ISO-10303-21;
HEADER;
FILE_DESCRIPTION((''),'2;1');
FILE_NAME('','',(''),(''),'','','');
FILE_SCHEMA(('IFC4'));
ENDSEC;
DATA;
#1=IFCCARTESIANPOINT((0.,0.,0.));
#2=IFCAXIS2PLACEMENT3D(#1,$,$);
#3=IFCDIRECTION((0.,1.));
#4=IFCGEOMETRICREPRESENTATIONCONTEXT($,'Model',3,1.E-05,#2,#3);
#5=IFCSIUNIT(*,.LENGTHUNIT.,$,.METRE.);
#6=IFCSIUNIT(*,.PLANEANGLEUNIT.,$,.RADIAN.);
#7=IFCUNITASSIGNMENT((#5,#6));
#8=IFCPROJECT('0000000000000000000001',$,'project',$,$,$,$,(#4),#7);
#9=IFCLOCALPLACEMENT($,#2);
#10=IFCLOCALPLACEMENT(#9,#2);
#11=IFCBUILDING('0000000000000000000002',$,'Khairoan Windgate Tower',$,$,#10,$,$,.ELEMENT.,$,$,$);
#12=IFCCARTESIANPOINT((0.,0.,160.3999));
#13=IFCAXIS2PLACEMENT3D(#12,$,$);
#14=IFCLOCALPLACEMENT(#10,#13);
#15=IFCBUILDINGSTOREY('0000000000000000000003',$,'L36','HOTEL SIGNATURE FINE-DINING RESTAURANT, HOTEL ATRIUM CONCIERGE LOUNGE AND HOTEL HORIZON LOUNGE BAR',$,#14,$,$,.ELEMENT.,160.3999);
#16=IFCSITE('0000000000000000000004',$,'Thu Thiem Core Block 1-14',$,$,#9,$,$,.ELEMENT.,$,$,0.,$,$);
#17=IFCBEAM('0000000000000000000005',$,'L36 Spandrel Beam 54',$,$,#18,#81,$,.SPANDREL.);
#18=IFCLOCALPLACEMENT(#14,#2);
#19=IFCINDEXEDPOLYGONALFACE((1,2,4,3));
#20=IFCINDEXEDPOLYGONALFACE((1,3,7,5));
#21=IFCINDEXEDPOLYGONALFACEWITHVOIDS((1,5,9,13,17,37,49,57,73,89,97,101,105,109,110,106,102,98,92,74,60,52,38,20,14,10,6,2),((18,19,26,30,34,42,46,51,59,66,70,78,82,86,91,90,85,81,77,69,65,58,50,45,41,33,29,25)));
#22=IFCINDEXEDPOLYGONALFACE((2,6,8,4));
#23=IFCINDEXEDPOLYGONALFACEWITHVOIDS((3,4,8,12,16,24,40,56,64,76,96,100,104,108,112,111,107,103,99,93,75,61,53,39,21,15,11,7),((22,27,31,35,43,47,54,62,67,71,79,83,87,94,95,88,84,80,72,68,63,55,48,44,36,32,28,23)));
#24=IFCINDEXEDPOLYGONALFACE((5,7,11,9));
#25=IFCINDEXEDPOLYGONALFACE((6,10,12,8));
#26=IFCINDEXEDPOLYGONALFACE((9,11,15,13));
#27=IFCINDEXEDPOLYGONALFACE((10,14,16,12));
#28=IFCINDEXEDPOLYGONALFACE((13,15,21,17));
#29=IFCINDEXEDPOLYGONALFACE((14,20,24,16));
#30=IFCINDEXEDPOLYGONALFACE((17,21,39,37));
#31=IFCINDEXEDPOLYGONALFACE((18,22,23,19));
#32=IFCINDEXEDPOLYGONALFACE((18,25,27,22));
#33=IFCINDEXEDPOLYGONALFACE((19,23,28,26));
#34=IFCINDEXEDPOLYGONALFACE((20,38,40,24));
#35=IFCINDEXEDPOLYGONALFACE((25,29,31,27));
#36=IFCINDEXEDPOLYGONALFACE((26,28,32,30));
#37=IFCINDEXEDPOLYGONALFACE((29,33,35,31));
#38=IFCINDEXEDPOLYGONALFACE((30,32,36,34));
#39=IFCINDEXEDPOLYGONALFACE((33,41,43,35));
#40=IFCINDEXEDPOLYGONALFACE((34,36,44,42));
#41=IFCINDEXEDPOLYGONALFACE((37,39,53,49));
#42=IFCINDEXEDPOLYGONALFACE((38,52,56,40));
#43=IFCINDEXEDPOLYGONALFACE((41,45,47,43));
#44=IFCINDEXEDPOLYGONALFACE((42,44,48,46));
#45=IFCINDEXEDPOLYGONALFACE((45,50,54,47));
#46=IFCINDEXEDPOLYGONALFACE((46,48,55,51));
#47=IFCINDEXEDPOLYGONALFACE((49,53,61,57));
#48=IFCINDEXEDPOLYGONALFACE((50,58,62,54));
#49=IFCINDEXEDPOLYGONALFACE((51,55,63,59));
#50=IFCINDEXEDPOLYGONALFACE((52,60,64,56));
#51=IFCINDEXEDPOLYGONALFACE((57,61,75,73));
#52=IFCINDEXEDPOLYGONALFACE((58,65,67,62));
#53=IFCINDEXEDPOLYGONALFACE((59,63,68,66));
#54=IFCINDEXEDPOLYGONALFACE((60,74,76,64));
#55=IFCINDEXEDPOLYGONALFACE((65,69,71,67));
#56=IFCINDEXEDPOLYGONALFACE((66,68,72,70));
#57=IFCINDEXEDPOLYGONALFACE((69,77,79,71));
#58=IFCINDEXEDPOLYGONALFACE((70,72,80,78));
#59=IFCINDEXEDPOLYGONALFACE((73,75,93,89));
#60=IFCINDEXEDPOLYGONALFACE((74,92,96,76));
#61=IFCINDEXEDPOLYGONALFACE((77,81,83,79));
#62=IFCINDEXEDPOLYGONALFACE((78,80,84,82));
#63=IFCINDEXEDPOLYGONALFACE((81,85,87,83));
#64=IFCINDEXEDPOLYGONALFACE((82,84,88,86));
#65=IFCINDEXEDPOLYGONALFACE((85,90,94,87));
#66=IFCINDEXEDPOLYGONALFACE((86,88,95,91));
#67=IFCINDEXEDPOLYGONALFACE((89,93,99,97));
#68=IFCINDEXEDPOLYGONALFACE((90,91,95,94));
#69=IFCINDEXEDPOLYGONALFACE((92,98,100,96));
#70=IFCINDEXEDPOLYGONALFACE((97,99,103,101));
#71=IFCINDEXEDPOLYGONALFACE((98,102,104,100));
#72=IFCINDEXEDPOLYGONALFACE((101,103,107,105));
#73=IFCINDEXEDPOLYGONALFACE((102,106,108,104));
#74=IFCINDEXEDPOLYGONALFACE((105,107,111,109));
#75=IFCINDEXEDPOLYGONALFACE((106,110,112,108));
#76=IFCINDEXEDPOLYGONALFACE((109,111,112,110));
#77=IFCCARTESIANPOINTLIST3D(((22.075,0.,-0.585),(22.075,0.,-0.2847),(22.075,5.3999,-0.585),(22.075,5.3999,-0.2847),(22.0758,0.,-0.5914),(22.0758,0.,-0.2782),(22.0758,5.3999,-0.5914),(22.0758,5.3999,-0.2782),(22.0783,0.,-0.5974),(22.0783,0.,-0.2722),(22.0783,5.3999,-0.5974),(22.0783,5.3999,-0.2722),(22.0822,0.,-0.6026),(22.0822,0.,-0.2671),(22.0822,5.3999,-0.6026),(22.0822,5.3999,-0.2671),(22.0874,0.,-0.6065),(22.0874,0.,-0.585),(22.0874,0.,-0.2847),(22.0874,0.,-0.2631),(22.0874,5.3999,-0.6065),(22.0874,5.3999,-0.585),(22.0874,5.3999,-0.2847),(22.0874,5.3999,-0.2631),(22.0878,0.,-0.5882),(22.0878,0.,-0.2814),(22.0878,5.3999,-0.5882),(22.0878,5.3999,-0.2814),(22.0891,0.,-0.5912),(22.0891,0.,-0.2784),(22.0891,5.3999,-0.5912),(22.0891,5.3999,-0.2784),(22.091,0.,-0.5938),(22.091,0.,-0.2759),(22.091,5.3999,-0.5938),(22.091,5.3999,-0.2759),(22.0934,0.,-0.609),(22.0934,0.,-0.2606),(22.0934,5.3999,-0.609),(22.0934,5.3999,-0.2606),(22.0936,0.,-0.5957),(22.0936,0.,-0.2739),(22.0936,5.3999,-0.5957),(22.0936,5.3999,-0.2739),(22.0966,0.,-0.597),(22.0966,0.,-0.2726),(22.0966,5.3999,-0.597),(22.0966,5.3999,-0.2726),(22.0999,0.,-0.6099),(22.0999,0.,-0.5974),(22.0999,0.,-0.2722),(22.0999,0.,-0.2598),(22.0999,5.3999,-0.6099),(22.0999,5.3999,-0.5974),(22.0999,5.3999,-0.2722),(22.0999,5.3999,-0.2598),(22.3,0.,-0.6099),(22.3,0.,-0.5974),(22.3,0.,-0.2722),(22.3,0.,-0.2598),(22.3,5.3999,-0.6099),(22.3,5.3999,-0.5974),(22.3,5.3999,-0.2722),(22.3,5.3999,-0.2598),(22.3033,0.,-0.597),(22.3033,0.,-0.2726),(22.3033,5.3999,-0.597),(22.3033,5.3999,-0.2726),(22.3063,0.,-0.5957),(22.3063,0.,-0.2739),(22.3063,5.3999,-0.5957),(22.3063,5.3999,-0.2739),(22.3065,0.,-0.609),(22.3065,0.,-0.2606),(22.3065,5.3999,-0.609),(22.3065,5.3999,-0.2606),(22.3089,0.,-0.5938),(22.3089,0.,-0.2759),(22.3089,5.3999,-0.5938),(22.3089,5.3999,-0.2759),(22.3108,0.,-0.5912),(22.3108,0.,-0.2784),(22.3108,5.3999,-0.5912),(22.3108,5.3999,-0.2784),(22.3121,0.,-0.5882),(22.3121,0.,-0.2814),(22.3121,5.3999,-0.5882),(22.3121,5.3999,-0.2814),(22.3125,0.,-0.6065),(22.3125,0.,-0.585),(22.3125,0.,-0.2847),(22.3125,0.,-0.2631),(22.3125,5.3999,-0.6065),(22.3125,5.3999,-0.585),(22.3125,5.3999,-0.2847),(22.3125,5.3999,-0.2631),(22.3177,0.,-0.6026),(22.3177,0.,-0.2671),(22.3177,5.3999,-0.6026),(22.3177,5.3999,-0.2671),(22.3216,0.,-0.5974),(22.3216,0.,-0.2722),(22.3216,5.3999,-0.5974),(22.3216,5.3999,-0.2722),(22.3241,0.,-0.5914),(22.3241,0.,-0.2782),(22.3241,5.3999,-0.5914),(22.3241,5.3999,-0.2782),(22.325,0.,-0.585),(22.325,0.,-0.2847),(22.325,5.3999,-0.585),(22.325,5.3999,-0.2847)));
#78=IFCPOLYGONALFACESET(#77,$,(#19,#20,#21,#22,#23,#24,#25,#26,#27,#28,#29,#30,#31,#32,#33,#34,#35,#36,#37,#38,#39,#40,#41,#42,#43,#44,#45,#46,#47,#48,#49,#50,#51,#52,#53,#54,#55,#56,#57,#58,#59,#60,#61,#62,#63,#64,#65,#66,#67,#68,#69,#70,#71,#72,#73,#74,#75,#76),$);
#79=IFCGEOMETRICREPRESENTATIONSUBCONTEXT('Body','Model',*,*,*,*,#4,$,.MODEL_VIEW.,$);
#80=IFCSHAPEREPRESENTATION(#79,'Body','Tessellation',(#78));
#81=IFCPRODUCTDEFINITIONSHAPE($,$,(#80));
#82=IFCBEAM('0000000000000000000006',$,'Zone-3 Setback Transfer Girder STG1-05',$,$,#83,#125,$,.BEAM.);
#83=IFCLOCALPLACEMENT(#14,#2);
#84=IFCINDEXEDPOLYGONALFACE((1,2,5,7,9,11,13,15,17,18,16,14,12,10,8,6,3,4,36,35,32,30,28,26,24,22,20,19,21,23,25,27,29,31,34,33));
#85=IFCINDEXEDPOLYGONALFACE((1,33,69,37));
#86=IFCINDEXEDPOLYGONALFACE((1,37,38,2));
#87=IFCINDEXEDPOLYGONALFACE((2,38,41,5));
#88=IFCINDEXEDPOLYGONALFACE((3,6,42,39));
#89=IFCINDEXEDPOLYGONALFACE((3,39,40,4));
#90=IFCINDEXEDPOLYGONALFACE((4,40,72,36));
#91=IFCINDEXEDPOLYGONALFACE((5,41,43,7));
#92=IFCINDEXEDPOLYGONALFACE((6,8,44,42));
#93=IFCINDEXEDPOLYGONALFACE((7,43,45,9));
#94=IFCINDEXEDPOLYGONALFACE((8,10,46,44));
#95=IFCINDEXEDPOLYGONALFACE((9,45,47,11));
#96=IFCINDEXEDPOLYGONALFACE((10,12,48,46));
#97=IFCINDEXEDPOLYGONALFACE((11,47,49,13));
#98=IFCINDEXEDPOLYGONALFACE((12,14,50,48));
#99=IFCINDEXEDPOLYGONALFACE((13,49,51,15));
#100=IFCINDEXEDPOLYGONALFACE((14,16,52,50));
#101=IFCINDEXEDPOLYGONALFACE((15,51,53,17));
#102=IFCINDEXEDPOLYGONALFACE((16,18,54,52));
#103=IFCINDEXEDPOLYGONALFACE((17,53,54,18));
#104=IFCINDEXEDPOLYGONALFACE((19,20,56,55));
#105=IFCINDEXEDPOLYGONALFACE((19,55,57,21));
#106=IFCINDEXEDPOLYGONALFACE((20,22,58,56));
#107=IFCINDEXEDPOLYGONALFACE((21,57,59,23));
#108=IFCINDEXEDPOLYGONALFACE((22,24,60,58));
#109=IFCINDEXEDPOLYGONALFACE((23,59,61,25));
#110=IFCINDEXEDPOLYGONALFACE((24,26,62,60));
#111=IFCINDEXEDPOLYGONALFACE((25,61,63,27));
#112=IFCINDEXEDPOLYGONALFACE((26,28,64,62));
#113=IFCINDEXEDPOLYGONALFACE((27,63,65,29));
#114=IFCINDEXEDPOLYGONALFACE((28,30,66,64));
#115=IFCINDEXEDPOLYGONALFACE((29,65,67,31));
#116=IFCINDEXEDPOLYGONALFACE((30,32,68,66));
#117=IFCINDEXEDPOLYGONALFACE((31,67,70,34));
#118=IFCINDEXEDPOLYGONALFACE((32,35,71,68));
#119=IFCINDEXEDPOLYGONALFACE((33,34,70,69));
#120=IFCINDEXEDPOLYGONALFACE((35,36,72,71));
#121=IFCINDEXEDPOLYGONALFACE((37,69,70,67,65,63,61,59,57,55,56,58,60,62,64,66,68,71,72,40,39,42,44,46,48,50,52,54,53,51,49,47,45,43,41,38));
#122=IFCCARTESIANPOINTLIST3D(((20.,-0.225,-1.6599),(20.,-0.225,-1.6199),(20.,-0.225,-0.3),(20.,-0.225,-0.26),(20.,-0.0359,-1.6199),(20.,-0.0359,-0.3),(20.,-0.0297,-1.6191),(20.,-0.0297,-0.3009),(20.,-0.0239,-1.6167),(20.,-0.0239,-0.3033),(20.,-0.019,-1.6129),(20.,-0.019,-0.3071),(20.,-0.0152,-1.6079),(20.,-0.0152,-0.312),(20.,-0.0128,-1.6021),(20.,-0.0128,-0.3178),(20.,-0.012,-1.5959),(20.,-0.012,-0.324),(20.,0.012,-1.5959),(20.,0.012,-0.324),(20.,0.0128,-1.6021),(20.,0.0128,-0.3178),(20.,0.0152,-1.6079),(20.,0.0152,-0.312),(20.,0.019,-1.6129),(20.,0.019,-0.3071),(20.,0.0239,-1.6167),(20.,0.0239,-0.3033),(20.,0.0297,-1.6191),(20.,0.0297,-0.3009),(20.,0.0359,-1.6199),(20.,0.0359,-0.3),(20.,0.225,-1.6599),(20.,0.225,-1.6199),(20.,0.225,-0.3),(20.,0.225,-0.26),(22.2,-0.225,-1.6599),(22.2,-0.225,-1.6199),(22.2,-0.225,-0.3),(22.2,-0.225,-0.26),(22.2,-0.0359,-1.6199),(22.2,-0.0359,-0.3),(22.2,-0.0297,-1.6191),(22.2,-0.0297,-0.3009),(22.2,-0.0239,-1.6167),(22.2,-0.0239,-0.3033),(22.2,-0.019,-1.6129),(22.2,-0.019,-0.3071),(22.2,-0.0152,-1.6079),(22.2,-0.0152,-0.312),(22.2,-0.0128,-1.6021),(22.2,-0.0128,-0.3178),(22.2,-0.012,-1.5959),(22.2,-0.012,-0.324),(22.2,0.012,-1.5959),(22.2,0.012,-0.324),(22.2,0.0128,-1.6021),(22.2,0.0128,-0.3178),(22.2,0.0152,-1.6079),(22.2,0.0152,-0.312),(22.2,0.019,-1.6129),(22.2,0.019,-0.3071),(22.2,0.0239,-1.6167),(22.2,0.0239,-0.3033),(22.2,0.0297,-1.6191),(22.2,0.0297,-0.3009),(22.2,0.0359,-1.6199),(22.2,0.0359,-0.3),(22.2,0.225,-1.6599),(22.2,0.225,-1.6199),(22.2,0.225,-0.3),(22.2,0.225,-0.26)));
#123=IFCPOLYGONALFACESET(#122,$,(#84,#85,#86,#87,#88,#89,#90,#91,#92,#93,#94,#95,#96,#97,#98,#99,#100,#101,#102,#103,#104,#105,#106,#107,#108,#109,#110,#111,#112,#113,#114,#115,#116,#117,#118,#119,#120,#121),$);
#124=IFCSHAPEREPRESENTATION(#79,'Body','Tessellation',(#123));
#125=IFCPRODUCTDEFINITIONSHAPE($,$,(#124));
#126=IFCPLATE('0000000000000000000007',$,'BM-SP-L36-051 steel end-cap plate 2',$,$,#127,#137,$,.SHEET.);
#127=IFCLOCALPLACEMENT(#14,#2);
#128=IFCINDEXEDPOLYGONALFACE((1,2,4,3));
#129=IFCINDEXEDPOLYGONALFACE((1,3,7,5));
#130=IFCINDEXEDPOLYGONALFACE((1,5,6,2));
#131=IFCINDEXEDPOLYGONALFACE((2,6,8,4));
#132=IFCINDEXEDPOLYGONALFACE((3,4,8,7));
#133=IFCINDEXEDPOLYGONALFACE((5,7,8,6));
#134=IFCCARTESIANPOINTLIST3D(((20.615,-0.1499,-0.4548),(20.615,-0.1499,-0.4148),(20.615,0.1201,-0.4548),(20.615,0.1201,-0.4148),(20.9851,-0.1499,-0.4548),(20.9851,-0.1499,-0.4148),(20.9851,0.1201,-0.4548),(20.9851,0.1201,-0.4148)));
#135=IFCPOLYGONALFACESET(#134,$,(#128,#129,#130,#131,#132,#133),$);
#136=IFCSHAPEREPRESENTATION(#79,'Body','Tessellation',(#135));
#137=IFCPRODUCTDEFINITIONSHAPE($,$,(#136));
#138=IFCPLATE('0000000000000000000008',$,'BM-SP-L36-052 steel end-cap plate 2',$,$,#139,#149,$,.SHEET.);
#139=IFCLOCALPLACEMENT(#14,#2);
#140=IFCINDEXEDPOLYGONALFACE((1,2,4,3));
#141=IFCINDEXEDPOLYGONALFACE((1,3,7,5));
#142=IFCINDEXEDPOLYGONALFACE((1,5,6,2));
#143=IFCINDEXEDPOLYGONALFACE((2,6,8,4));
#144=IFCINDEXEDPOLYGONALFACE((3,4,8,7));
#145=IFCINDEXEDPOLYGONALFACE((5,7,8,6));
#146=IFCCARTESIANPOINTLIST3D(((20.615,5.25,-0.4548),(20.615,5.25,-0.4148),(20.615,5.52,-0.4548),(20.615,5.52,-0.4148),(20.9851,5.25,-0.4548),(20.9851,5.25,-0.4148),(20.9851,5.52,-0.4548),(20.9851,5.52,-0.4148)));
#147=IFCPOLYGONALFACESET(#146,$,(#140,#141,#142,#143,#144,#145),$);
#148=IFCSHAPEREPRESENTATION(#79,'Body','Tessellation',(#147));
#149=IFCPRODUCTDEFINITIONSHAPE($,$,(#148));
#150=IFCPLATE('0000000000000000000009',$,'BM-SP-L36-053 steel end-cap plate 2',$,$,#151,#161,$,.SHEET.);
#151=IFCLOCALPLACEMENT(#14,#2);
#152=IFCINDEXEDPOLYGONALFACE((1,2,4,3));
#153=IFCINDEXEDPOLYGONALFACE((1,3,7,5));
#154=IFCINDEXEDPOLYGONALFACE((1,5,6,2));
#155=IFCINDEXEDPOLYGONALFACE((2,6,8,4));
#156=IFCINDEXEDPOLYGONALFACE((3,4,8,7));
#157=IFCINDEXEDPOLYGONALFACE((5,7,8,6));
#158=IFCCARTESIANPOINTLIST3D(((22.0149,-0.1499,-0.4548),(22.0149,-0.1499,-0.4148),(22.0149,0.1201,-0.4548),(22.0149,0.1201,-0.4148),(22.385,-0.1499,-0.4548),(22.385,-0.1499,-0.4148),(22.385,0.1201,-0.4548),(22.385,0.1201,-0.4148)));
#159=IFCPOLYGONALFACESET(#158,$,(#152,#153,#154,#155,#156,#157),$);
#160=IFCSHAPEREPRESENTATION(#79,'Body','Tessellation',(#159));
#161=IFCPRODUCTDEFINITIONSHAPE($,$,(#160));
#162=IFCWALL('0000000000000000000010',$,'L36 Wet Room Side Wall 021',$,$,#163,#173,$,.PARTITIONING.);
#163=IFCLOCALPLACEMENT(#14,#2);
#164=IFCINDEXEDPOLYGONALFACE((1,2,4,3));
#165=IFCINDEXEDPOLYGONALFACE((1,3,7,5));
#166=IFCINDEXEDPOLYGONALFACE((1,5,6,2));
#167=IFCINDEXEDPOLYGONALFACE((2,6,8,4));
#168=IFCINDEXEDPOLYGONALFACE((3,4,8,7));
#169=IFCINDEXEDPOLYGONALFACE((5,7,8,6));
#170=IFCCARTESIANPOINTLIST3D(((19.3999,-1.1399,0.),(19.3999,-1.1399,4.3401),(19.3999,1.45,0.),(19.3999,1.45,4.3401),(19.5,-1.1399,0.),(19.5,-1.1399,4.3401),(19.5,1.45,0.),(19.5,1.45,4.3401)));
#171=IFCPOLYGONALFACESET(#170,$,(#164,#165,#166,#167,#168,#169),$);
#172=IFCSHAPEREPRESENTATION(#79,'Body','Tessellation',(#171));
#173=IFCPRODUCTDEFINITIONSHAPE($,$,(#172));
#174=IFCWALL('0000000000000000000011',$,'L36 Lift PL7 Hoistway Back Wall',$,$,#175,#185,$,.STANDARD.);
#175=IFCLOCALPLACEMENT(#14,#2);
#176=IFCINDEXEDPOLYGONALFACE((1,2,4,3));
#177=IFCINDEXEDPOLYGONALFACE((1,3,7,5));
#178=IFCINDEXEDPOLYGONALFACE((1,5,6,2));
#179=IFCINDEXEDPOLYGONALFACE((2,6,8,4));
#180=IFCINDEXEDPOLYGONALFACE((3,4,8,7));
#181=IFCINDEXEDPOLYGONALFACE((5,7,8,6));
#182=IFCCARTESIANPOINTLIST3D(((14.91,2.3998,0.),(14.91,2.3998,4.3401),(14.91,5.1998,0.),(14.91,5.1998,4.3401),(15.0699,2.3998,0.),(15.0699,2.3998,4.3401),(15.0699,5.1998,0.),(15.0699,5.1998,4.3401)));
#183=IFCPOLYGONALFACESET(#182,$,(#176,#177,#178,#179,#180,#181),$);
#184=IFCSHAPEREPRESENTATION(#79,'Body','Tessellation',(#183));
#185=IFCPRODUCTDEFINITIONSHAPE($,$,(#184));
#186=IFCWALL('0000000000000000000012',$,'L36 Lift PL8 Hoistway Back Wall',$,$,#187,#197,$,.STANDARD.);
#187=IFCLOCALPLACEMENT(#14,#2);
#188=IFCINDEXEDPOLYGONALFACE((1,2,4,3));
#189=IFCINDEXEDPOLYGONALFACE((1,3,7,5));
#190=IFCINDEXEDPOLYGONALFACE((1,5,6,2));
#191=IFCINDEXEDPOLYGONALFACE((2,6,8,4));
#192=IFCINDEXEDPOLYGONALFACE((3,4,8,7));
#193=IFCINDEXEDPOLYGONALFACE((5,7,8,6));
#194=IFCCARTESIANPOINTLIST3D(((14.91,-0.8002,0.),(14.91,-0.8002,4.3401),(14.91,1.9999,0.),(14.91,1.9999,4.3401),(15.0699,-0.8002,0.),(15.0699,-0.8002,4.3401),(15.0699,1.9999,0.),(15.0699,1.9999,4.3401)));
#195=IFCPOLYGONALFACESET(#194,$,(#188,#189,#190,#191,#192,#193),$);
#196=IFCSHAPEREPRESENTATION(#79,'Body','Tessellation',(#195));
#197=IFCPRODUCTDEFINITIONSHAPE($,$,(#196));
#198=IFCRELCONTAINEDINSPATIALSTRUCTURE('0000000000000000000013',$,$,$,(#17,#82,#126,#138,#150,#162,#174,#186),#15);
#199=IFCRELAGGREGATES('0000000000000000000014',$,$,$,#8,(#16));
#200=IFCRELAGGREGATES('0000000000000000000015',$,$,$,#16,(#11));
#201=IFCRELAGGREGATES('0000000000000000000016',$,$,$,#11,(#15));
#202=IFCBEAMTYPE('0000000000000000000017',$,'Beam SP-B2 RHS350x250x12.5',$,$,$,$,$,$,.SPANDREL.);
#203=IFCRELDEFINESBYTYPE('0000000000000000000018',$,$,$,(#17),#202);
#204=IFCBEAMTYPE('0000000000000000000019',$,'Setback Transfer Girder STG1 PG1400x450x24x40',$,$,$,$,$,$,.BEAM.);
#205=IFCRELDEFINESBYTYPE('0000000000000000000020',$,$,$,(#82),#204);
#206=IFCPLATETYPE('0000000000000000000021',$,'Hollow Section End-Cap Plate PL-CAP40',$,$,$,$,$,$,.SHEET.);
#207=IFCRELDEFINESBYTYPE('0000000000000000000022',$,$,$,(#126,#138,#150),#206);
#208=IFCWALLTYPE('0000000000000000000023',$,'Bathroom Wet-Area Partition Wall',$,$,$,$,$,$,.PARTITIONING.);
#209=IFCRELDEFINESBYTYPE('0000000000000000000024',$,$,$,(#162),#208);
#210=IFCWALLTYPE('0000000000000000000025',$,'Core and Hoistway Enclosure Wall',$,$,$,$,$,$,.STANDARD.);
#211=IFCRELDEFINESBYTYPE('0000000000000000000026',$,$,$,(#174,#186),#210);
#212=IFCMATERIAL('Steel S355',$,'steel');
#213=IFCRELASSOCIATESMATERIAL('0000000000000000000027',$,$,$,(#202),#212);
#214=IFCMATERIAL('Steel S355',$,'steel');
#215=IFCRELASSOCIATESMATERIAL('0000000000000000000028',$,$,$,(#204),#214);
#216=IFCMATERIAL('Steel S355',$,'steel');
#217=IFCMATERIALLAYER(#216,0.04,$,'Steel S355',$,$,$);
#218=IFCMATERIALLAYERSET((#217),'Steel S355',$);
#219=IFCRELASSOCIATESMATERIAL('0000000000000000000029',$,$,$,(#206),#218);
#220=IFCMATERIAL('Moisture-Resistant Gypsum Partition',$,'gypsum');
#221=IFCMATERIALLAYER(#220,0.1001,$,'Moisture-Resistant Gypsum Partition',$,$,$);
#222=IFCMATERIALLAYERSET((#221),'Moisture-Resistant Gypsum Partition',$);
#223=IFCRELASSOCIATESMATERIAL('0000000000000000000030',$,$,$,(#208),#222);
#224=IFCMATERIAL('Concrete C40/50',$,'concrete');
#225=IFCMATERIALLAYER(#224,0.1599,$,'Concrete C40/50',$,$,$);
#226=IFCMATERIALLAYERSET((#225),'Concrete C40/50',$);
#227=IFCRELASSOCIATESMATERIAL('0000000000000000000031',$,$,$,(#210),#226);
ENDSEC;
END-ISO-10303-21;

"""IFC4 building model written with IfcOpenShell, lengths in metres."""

from ifc_helpers import new_model, si_unit, direction, frame, frame_2d, origin, origin_2d, place, context, subcontext, project, spatial, rectangle, hollow_rectangle, i_section, extrude, material, layer, layer_set, material_profile, profile_set, type_object, element, save


model = new_model("IFC4")

# Units and contexts
model_context = context("Model", 3, precision=1e-05, world=origin(), true_north=direction((0.0, 1.0)))
body_context = subcontext(model_context, "Body", "Model", "MODEL_VIEW")
ifc_project = project(units=[si_unit("LENGTHUNIT", "METRE"), si_unit("PLANEANGLEUNIT", "RADIAN")], contexts=[model_context])

# Site, building, storey
site_placement = place(None, origin())
site = spatial("IfcSite", under=ifc_project, at=site_placement, Name="Thu Thiem Core Block 1-14", CompositionType="ELEMENT", RefElevation=0.0)
building_placement = place(site_placement, origin())
building = spatial("IfcBuilding", under=site, at=building_placement, Name="Khairoan Windgate Tower", CompositionType="ELEMENT")
storey_placement = place(building_placement, frame((0.0, 0.0, 160.3999)))
storey = spatial("IfcBuildingStorey", under=building, at=storey_placement, Name="L36", Description="HOTEL SIGNATURE FINE-DINING RESTAURANT, HOTEL ATRIUM CONCIERGE LOUNGE AND HOTEL HORIZON LOUNGE BAR", CompositionType="ELEMENT", Elevation=160.3999)

# Beams
ifc_material_1 = material(Name="Steel S355", Category="steel")
ifc_material_profile_1 = material_profile(ifc_material_1, hollow_rectangle(XDim=0.25, YDim=0.3501, WallThickness=0.0125, InnerFilletRadius=0.0125, OuterFilletRadius=0.0249, at=origin_2d()))
ifc_profile_set_1 = profile_set([ifc_material_profile_1], Name="Steel S355")
beam_type_1 = type_object("IfcBeamType", Name="Beam SP-B2 RHS350x250x12.5", PredefinedType="SPANDREL", material=ifc_profile_set_1)
for number, where, z_axis, x_axis, name in (
    (1, (22.2, 0.0, -0.4348), (0.0, 1.0, 0.0), (-1.0, 0.0, 0.0), "L36 Spandrel Beam 54"),
):
    element("IfcBeam", number, at=place(storey_placement, frame(where, z_axis=z_axis, x_axis=x_axis)), inside=storey, type_object=beam_type_1, Name=name, PredefinedType="SPANDREL", context=body_context, shape_type="SweptSolid", body=[
        extrude(hollow_rectangle(XDim=0.25, YDim=0.3501, WallThickness=0.0125, InnerFilletRadius=0.0125, OuterFilletRadius=0.0249, at=origin_2d()), origin(), (0.0, 0.0, 1.0), 5.3999),
    ])
ifc_material_2 = material(Name="Steel S355", Category="steel")
ifc_material_profile_2 = material_profile(ifc_material_2, i_section(OverallWidth=0.45, OverallDepth=1.3999, WebThickness=0.0239, FlangeThickness=0.04, FilletRadius=0.0239, at=origin_2d()))
ifc_profile_set_2 = profile_set([ifc_material_profile_2], Name="Steel S355")
beam_type_2 = type_object("IfcBeamType", Name="Setback Transfer Girder STG1 PG1400x450x24x40", PredefinedType="BEAM", material=ifc_profile_set_2)
beam_1_placement = place(storey_placement, frame((20.0, 0.0, -0.96), z_axis=(1.0, 0.0, 0.0), x_axis=(0.0, 1.0, 0.0)))
element("IfcBeam", 2, at=beam_1_placement, inside=storey, type_object=beam_type_2, Name="Zone-3 Setback Transfer Girder STG1-05", PredefinedType="BEAM", context=body_context, shape_type="SweptSolid", body=[
    extrude(i_section(OverallWidth=0.45, OverallDepth=1.3999, WebThickness=0.0239, FlangeThickness=0.04, FilletRadius=0.0239, at=origin_2d()), origin(), (0.0, 0.0, 1.0), 2.2),
])

# Plates
ifc_material_3 = material(Name="Steel S355", Category="steel")
ifc_layer_1 = layer(ifc_material_3, 0.04, Name="Steel S355")
ifc_layer_set_1 = layer_set([ifc_layer_1], Name="Steel S355")
plate_type = type_object("IfcPlateType", Name="Hollow Section End-Cap Plate PL-CAP40", PredefinedType="SHEET", material=ifc_layer_set_1)
for number, where, z_axis, x_axis, name in (
    (3, (20.8, -0.0149, -0.4548), (0.0, 0.0, 1.0), (0.0, 1.0, 0.0), "BM-SP-L36-051 steel end-cap plate 2"),
    (4, (20.8, 5.385, -0.4548), (0.0, 0.0, 1.0), (0.0, 1.0, 0.0), "BM-SP-L36-052 steel end-cap plate 2"),
    (5, (22.2, -0.0149, -0.4548), (0.0, 0.0, 1.0), (0.0, 1.0, 0.0), "BM-SP-L36-053 steel end-cap plate 2"),
):
    element("IfcPlate", number, at=place(storey_placement, frame(where, z_axis=z_axis, x_axis=x_axis)), inside=storey, type_object=plate_type, Name=name, PredefinedType="SHEET", context=body_context, shape_type="SweptSolid", body=[
        extrude(rectangle(XDim=0.27, YDim=0.3701, at=origin_2d()), origin(), (0.0, 0.0, 1.0), 0.04),
    ])

# Walls
ifc_material_4 = material(Name="Moisture-Resistant Gypsum Partition", Category="gypsum")
ifc_layer_2 = layer(ifc_material_4, 0.1001, Name="Moisture-Resistant Gypsum Partition")
ifc_layer_set_2 = layer_set([ifc_layer_2], Name="Moisture-Resistant Gypsum Partition")
wall_type_1 = type_object("IfcWallType", Name="Bathroom Wet-Area Partition Wall", PredefinedType="PARTITIONING", material=ifc_layer_set_2)
wall_1_placement = place(storey_placement, frame((19.45, 1.45, 0.0), z_axis=(0.0, 0.0, 1.0), x_axis=(0.0, -1.0, 0.0)))
element("IfcWall", 6, at=wall_1_placement, inside=storey, type_object=wall_type_1, Name="L36 Wet Room Side Wall 021", PredefinedType="PARTITIONING", context=body_context, shape_type="SweptSolid", body=[
    extrude(rectangle(XDim=2.5898, YDim=0.1001, at=frame_2d((1.2949, 0.0))), origin(), (0.0, 0.0, 1.0), 4.3401),
])
ifc_material_5 = material(Name="Concrete C40/50", Category="concrete")
ifc_layer_3 = layer(ifc_material_5, 0.1599, Name="Concrete C40/50")
ifc_layer_set_3 = layer_set([ifc_layer_3], Name="Concrete C40/50")
wall_type_2 = type_object("IfcWallType", Name="Core and Hoistway Enclosure Wall", PredefinedType="STANDARD", material=ifc_layer_set_3)
for number, where, z_axis, x_axis, name in (
    (7, (14.99, 2.3999, 0.0), (0.0, 0.0, 1.0), (0.0, 1.0, 0.0), "L36 Lift PL7 Hoistway Back Wall"),
    (8, (14.99, -0.8, 0.0), (0.0, 0.0, 1.0), (0.0, 1.0, 0.0), "L36 Lift PL8 Hoistway Back Wall"),
):
    element("IfcWall", number, at=place(storey_placement, frame(where, z_axis=z_axis, x_axis=x_axis)), inside=storey, type_object=wall_type_2, Name=name, PredefinedType="STANDARD", context=body_context, shape_type="SweptSolid", body=[
        extrude(rectangle(XDim=2.8, YDim=0.1599, at=frame_2d((1.3999, 0.0))), origin(), (0.0, 0.0, 1.0), 4.3401),
    ])

save(model, "model.ifc")
